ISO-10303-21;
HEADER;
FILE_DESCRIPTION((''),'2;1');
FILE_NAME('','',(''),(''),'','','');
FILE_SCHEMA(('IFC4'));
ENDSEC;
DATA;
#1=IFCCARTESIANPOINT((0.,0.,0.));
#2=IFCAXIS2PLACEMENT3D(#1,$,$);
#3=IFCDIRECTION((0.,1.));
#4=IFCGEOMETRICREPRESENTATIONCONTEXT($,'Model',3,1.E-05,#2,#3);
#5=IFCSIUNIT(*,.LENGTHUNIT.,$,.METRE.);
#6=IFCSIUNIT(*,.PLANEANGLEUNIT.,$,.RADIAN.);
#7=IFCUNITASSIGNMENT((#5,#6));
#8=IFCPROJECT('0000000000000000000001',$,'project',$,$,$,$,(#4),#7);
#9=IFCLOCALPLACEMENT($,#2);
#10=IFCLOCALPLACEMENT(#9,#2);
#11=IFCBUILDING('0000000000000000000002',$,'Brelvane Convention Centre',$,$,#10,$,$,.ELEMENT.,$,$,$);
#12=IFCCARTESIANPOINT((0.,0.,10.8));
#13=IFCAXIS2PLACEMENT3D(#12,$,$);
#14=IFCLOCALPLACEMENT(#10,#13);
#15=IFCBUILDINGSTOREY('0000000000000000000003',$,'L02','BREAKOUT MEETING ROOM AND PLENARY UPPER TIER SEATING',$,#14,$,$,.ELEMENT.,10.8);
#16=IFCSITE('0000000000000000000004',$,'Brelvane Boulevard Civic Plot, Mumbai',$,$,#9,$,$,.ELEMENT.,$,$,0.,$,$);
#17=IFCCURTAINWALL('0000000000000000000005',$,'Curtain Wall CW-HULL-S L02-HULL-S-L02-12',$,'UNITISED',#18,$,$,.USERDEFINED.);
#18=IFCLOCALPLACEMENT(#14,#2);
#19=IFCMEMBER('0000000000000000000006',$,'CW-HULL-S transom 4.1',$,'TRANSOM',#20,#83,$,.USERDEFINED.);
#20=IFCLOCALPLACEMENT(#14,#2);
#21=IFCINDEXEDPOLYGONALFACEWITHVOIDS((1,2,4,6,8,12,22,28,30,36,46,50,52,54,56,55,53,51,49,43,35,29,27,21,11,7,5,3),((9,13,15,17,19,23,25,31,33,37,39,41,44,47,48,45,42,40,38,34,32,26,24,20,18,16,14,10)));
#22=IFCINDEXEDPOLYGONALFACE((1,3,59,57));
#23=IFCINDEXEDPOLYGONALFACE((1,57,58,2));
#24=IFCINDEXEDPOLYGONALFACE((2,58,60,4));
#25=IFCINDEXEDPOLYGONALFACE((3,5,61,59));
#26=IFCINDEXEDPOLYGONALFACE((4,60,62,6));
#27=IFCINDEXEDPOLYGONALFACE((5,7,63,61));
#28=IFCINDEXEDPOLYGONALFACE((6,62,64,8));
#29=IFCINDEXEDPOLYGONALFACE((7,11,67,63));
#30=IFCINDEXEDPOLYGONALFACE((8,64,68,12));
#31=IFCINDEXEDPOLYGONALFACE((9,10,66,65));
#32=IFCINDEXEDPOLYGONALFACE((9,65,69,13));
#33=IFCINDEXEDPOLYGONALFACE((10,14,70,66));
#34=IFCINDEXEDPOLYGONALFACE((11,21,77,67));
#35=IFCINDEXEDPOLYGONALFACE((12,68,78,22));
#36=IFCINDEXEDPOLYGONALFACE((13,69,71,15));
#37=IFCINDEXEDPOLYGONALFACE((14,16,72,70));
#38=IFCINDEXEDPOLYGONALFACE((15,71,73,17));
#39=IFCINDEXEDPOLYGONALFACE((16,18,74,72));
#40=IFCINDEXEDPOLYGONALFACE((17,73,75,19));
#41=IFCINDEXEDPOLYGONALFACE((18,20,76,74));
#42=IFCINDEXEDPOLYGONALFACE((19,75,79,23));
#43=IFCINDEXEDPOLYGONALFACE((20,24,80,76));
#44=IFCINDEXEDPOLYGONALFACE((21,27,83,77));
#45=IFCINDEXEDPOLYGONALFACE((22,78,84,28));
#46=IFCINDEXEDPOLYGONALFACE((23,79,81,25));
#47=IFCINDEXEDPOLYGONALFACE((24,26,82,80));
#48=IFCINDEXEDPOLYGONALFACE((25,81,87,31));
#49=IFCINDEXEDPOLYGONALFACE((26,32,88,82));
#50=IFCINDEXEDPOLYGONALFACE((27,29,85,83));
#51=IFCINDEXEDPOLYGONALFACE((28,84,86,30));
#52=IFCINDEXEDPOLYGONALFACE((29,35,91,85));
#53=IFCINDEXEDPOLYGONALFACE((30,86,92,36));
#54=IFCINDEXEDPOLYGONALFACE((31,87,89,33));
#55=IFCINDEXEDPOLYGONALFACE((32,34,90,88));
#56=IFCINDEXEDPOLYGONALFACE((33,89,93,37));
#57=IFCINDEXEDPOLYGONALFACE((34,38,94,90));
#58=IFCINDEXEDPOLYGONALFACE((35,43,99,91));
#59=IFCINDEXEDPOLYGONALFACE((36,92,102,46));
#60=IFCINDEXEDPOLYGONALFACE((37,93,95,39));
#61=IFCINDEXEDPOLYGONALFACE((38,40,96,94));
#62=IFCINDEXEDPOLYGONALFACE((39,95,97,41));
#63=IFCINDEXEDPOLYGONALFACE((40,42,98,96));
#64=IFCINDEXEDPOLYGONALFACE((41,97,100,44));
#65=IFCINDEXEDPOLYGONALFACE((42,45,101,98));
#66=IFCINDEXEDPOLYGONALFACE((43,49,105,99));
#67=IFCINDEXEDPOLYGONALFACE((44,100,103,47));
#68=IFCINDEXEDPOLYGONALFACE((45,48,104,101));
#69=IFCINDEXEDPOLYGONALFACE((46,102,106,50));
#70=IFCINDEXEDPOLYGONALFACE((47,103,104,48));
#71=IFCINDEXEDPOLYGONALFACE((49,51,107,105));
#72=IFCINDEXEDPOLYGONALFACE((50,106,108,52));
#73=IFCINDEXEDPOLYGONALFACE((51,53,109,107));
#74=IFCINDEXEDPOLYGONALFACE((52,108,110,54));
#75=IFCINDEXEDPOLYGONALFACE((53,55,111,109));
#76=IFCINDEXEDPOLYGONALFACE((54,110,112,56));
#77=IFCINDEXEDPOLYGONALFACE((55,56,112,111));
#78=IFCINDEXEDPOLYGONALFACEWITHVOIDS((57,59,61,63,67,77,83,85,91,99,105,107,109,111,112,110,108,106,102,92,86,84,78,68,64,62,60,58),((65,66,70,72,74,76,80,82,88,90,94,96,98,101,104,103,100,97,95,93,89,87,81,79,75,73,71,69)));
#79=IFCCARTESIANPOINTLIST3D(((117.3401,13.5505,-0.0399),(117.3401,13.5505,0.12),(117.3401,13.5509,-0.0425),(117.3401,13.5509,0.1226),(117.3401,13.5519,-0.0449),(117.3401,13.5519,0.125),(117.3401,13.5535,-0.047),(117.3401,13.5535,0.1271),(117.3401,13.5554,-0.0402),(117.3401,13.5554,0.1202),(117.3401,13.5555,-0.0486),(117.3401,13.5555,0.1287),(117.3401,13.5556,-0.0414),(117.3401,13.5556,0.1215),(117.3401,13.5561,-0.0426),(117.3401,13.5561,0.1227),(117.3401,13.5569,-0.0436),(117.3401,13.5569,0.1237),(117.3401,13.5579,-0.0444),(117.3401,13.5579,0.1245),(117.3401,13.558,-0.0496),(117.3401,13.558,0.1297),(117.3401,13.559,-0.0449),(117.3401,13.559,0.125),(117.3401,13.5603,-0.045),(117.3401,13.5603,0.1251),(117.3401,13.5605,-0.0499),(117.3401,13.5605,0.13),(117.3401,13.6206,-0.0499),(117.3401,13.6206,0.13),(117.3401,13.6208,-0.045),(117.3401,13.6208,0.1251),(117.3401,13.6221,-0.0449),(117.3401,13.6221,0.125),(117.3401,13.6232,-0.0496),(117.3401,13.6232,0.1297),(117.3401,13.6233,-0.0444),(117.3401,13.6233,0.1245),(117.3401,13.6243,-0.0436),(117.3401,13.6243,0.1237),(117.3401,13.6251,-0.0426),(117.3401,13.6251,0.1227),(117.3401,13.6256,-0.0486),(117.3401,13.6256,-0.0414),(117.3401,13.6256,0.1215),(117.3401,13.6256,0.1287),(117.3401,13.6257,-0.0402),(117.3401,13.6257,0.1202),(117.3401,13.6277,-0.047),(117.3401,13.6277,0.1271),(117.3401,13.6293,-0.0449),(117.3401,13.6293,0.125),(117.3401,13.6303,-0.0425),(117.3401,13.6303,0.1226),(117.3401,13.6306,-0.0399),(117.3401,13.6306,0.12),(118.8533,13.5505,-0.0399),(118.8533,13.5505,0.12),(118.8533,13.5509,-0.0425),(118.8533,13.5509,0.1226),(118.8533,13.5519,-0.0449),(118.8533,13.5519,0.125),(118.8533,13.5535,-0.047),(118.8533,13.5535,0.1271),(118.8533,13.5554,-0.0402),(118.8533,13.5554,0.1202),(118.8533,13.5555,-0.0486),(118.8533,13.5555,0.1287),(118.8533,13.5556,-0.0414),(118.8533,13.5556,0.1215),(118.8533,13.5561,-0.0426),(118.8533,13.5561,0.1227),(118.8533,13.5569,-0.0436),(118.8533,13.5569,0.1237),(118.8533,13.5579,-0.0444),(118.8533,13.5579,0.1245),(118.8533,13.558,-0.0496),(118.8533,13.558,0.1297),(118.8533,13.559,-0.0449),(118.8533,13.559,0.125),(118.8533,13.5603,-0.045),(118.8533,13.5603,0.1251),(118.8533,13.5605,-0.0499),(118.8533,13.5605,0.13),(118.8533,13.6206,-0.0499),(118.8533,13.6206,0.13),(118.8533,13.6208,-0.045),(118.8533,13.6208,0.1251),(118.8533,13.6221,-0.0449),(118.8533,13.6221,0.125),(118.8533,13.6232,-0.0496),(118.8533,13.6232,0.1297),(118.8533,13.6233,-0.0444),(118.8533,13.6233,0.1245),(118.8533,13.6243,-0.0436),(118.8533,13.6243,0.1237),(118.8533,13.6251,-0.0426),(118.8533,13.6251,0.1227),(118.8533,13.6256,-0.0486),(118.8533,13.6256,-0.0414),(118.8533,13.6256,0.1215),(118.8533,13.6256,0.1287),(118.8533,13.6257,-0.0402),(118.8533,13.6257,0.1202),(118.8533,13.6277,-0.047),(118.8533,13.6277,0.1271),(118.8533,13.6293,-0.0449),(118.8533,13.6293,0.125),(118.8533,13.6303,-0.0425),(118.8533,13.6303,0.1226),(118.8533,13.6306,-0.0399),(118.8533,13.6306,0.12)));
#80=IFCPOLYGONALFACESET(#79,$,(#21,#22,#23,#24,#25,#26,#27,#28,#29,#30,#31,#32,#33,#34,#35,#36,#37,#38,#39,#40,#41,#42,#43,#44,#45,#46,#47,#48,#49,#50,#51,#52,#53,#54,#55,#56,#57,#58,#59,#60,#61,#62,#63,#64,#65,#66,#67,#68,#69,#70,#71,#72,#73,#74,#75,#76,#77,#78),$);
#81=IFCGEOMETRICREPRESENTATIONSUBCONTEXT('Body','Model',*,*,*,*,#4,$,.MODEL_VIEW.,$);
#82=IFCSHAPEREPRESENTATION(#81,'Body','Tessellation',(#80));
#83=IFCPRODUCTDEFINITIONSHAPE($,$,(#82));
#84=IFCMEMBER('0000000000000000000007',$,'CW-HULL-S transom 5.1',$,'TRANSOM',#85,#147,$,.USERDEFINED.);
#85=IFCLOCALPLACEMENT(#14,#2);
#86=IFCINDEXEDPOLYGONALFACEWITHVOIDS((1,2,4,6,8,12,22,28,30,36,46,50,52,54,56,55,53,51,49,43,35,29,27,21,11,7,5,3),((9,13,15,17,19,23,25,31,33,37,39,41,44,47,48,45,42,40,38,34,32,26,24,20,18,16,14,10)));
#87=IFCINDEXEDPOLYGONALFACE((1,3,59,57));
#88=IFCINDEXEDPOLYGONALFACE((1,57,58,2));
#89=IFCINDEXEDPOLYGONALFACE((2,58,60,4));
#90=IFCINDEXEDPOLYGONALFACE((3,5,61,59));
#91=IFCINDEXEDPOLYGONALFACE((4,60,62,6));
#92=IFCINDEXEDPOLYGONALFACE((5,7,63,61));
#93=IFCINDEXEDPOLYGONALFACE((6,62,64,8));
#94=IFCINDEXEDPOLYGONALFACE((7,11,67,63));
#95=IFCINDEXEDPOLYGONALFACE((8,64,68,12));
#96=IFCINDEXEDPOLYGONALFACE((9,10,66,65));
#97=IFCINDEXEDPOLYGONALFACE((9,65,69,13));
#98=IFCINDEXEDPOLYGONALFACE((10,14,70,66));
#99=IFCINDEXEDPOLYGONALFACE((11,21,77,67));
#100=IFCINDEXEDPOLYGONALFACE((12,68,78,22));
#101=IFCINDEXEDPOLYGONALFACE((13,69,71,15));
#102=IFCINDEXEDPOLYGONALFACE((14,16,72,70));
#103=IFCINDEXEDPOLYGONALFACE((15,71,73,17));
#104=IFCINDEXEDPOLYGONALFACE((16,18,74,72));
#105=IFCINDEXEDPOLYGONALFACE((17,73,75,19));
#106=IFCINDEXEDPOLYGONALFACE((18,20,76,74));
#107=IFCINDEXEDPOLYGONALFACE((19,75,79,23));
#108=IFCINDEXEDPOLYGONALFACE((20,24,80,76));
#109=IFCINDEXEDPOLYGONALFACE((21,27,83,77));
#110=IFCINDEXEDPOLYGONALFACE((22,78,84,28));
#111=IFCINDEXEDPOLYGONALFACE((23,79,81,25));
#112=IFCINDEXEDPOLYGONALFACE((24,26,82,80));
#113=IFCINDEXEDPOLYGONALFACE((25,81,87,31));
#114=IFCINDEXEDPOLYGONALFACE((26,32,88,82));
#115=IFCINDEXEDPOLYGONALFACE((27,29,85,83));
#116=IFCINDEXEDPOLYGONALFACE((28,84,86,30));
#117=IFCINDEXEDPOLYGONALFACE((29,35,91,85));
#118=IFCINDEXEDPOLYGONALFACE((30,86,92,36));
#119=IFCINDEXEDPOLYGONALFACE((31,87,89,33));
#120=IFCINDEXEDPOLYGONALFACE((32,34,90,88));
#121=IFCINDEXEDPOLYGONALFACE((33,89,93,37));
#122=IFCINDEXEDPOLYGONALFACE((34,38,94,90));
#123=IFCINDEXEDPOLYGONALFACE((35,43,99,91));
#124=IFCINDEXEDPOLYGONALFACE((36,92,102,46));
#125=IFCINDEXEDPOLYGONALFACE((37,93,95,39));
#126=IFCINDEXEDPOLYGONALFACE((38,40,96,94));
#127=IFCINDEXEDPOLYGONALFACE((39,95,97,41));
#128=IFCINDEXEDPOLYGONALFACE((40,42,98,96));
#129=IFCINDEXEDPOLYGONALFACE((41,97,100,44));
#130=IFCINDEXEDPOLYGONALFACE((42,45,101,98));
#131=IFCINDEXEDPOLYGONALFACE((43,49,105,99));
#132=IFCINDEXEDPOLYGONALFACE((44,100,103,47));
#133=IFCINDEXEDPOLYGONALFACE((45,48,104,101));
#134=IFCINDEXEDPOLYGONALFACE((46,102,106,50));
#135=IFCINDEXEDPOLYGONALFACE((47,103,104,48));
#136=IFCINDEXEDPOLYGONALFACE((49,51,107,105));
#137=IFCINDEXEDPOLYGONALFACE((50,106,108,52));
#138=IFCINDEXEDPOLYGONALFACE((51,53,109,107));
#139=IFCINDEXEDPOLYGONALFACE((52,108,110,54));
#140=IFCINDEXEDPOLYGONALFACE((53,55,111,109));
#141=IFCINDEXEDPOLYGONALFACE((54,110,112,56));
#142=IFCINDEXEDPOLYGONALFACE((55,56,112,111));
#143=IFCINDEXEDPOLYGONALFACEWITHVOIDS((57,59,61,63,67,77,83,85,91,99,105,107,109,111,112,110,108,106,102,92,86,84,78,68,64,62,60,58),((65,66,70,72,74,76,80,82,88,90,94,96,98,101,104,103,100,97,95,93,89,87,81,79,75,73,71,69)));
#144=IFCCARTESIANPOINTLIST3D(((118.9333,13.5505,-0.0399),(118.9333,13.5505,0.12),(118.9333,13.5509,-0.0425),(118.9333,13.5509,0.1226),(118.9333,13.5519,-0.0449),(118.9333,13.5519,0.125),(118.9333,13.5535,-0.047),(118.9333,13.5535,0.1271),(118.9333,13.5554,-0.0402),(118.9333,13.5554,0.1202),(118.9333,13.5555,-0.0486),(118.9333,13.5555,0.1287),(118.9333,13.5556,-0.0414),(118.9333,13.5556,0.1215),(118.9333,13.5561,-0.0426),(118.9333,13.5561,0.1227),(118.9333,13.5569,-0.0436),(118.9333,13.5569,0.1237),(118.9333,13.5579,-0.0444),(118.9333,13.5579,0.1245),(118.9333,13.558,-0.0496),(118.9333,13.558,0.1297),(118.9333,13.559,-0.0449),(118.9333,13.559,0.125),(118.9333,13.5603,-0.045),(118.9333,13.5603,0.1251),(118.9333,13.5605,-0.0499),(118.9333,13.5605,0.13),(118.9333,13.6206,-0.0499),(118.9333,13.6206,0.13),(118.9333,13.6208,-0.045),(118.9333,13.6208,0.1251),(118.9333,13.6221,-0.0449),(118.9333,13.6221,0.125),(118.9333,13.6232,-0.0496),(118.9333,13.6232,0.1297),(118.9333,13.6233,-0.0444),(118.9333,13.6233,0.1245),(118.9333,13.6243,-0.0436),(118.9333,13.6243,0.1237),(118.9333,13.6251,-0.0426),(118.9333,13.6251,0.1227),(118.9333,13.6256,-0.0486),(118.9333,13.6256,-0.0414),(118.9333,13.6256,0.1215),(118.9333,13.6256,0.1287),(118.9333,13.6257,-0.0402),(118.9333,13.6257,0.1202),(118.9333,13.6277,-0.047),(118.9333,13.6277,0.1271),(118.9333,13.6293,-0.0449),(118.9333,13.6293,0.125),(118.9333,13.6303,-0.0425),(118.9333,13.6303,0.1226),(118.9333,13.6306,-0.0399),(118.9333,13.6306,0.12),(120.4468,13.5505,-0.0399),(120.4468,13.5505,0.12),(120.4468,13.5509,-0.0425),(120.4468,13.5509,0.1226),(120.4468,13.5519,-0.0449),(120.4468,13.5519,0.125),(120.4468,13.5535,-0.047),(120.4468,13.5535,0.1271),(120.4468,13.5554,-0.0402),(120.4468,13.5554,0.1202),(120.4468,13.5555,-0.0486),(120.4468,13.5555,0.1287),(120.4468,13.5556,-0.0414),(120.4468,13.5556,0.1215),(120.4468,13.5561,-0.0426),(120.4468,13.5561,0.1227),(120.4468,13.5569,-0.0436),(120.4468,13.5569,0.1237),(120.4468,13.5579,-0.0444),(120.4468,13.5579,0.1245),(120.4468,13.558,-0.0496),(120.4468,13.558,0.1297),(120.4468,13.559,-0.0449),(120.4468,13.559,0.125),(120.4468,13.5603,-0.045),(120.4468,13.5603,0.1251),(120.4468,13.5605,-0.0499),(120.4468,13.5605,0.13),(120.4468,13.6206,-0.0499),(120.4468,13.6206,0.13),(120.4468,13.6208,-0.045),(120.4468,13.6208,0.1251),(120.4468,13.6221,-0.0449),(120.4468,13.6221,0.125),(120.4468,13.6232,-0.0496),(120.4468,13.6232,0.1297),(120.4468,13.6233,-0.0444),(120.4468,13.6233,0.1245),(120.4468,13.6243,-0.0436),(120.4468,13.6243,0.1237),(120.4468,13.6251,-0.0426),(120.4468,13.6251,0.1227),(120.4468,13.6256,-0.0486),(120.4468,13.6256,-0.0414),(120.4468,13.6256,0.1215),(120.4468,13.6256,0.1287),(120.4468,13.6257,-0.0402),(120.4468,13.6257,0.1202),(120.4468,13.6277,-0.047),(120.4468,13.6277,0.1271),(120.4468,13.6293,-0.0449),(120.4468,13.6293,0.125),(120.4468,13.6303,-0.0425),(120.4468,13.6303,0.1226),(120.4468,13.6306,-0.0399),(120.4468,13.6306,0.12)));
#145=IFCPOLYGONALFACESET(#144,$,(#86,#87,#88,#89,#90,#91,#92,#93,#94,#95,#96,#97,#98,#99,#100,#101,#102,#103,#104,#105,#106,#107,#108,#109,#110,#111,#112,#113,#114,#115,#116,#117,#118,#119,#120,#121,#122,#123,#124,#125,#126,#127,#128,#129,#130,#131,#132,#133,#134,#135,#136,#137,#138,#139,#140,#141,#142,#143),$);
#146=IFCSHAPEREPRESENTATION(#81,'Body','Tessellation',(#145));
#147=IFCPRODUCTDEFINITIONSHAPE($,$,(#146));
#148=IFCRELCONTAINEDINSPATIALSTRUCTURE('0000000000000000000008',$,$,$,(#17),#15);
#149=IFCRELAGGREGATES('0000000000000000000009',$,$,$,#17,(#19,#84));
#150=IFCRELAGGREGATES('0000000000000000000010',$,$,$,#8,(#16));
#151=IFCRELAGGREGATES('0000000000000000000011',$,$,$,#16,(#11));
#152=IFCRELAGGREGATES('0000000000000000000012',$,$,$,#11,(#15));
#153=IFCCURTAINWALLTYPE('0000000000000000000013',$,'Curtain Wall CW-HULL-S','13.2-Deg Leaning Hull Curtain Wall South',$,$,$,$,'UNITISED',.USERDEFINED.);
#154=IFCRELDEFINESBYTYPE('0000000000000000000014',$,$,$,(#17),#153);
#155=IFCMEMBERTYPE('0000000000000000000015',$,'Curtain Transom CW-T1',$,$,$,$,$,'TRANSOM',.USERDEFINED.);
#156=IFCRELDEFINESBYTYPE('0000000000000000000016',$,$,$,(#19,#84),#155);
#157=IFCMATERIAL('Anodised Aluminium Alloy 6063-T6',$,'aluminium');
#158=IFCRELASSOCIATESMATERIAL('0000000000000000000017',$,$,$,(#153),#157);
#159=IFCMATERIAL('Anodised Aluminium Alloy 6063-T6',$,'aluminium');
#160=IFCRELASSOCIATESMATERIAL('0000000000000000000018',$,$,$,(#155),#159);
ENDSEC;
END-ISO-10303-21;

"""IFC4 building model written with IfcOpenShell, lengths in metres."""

from ifc_helpers import new_model, si_unit, direction, frame, origin, origin_2d, place, context, subcontext, project, spatial, hollow_rectangle, extrude, material, material_profile, profile_set, type_object, element, aggregate, save


model = new_model("IFC4")

# Units and contexts
model_context = context("Model", 3, precision=1e-05, world=origin(), true_north=direction((0.0, 1.0)))
body_context = subcontext(model_context, "Body", "Model", "MODEL_VIEW")
ifc_project = project(units=[si_unit("LENGTHUNIT", "METRE"), si_unit("PLANEANGLEUNIT", "RADIAN")], contexts=[model_context])

# Site, building, storey
site_placement = place(None, origin())
site = spatial("IfcSite", under=ifc_project, at=site_placement, Name="Brelvane Boulevard Civic Plot, Mumbai", CompositionType="ELEMENT", RefElevation=0.0)
building_placement = place(site_placement, origin())
building = spatial("IfcBuilding", under=site, at=building_placement, Name="Brelvane Convention Centre", CompositionType="ELEMENT")
storey_placement = place(building_placement, frame((0.0, 0.0, 10.8)))
storey = spatial("IfcBuildingStorey", under=building, at=storey_placement, Name="L02", Description="BREAKOUT MEETING ROOM AND PLENARY UPPER TIER SEATING", CompositionType="ELEMENT", Elevation=10.8)

# Curtain wall
ifc_material_1 = material(Name="Anodised Aluminium Alloy 6063-T6", Category="aluminium")
curtain_wall_type = type_object("IfcCurtainWallType", Name="Curtain Wall CW-HULL-S", Description="13.2-Deg Leaning Hull Curtain Wall South", ElementType="UNITISED", PredefinedType="USERDEFINED", material=ifc_material_1)
curtain_wall_1_placement = place(storey_placement, origin())
curtain_wall_1 = element("IfcCurtainWall", 1, at=curtain_wall_1_placement, inside=storey, type_object=curtain_wall_type, Name="Curtain Wall CW-HULL-S L02-HULL-S-L02-12", ObjectType="UNITISED", PredefinedType="USERDEFINED")

# Members
ifc_material_2 = material(Name="Anodised Aluminium Alloy 6063-T6", Category="aluminium")
ifc_material_profile_1 = material_profile(ifc_material_2, hollow_rectangle(XDim=0.0801, YDim=0.1799, WallThickness=0.0049, InnerFilletRadius=0.0049, OuterFilletRadius=0.01, at=origin_2d()), Name="ALU-T 180x80x5.0")
ifc_profile_set_1 = profile_set([ifc_material_profile_1], Name="Anodised Aluminium Alloy 6063-T6")
member_type_1 = type_object("IfcMemberType", Name="Curtain Transom CW-T1", ElementType="TRANSOM", PredefinedType="USERDEFINED", material=ifc_profile_set_1)
member_1_placement = place(storey_placement, frame((117.3401, 13.5906, 0.04), z_axis=(1.0, 0.0, 0.0), x_axis=(0.0, 1.0, 0.0)))
member_1 = element("IfcMember", 2, at=member_1_placement, type_object=member_type_1, Name="CW-HULL-S transom 4.1", ObjectType="TRANSOM", PredefinedType="USERDEFINED", context=body_context, shape_type="SweptSolid", body=[
    extrude(hollow_rectangle(XDim=0.0801, YDim=0.1799, WallThickness=0.0049, InnerFilletRadius=0.0049, OuterFilletRadius=0.01, at=origin_2d()), origin(), (0.0, 0.0, 1.0), 1.5132),
])
member_2_placement = place(storey_placement, frame((118.9333, 13.5906, 0.04), z_axis=(1.0, 0.0, 0.0), x_axis=(0.0, 1.0, 0.0)))
member_2 = element("IfcMember", 3, at=member_2_placement, type_object=member_type_1, Name="CW-HULL-S transom 5.1", ObjectType="TRANSOM", PredefinedType="USERDEFINED", context=body_context, shape_type="SweptSolid", body=[
    extrude(hollow_rectangle(XDim=0.0801, YDim=0.1799, WallThickness=0.0049, InnerFilletRadius=0.0049, OuterFilletRadius=0.01, at=origin_2d()), origin(), (0.0, 0.0, 1.0), 1.5134),
])

aggregate(curtain_wall_1, [member_1, member_2])

save(model, "model.ifc")
